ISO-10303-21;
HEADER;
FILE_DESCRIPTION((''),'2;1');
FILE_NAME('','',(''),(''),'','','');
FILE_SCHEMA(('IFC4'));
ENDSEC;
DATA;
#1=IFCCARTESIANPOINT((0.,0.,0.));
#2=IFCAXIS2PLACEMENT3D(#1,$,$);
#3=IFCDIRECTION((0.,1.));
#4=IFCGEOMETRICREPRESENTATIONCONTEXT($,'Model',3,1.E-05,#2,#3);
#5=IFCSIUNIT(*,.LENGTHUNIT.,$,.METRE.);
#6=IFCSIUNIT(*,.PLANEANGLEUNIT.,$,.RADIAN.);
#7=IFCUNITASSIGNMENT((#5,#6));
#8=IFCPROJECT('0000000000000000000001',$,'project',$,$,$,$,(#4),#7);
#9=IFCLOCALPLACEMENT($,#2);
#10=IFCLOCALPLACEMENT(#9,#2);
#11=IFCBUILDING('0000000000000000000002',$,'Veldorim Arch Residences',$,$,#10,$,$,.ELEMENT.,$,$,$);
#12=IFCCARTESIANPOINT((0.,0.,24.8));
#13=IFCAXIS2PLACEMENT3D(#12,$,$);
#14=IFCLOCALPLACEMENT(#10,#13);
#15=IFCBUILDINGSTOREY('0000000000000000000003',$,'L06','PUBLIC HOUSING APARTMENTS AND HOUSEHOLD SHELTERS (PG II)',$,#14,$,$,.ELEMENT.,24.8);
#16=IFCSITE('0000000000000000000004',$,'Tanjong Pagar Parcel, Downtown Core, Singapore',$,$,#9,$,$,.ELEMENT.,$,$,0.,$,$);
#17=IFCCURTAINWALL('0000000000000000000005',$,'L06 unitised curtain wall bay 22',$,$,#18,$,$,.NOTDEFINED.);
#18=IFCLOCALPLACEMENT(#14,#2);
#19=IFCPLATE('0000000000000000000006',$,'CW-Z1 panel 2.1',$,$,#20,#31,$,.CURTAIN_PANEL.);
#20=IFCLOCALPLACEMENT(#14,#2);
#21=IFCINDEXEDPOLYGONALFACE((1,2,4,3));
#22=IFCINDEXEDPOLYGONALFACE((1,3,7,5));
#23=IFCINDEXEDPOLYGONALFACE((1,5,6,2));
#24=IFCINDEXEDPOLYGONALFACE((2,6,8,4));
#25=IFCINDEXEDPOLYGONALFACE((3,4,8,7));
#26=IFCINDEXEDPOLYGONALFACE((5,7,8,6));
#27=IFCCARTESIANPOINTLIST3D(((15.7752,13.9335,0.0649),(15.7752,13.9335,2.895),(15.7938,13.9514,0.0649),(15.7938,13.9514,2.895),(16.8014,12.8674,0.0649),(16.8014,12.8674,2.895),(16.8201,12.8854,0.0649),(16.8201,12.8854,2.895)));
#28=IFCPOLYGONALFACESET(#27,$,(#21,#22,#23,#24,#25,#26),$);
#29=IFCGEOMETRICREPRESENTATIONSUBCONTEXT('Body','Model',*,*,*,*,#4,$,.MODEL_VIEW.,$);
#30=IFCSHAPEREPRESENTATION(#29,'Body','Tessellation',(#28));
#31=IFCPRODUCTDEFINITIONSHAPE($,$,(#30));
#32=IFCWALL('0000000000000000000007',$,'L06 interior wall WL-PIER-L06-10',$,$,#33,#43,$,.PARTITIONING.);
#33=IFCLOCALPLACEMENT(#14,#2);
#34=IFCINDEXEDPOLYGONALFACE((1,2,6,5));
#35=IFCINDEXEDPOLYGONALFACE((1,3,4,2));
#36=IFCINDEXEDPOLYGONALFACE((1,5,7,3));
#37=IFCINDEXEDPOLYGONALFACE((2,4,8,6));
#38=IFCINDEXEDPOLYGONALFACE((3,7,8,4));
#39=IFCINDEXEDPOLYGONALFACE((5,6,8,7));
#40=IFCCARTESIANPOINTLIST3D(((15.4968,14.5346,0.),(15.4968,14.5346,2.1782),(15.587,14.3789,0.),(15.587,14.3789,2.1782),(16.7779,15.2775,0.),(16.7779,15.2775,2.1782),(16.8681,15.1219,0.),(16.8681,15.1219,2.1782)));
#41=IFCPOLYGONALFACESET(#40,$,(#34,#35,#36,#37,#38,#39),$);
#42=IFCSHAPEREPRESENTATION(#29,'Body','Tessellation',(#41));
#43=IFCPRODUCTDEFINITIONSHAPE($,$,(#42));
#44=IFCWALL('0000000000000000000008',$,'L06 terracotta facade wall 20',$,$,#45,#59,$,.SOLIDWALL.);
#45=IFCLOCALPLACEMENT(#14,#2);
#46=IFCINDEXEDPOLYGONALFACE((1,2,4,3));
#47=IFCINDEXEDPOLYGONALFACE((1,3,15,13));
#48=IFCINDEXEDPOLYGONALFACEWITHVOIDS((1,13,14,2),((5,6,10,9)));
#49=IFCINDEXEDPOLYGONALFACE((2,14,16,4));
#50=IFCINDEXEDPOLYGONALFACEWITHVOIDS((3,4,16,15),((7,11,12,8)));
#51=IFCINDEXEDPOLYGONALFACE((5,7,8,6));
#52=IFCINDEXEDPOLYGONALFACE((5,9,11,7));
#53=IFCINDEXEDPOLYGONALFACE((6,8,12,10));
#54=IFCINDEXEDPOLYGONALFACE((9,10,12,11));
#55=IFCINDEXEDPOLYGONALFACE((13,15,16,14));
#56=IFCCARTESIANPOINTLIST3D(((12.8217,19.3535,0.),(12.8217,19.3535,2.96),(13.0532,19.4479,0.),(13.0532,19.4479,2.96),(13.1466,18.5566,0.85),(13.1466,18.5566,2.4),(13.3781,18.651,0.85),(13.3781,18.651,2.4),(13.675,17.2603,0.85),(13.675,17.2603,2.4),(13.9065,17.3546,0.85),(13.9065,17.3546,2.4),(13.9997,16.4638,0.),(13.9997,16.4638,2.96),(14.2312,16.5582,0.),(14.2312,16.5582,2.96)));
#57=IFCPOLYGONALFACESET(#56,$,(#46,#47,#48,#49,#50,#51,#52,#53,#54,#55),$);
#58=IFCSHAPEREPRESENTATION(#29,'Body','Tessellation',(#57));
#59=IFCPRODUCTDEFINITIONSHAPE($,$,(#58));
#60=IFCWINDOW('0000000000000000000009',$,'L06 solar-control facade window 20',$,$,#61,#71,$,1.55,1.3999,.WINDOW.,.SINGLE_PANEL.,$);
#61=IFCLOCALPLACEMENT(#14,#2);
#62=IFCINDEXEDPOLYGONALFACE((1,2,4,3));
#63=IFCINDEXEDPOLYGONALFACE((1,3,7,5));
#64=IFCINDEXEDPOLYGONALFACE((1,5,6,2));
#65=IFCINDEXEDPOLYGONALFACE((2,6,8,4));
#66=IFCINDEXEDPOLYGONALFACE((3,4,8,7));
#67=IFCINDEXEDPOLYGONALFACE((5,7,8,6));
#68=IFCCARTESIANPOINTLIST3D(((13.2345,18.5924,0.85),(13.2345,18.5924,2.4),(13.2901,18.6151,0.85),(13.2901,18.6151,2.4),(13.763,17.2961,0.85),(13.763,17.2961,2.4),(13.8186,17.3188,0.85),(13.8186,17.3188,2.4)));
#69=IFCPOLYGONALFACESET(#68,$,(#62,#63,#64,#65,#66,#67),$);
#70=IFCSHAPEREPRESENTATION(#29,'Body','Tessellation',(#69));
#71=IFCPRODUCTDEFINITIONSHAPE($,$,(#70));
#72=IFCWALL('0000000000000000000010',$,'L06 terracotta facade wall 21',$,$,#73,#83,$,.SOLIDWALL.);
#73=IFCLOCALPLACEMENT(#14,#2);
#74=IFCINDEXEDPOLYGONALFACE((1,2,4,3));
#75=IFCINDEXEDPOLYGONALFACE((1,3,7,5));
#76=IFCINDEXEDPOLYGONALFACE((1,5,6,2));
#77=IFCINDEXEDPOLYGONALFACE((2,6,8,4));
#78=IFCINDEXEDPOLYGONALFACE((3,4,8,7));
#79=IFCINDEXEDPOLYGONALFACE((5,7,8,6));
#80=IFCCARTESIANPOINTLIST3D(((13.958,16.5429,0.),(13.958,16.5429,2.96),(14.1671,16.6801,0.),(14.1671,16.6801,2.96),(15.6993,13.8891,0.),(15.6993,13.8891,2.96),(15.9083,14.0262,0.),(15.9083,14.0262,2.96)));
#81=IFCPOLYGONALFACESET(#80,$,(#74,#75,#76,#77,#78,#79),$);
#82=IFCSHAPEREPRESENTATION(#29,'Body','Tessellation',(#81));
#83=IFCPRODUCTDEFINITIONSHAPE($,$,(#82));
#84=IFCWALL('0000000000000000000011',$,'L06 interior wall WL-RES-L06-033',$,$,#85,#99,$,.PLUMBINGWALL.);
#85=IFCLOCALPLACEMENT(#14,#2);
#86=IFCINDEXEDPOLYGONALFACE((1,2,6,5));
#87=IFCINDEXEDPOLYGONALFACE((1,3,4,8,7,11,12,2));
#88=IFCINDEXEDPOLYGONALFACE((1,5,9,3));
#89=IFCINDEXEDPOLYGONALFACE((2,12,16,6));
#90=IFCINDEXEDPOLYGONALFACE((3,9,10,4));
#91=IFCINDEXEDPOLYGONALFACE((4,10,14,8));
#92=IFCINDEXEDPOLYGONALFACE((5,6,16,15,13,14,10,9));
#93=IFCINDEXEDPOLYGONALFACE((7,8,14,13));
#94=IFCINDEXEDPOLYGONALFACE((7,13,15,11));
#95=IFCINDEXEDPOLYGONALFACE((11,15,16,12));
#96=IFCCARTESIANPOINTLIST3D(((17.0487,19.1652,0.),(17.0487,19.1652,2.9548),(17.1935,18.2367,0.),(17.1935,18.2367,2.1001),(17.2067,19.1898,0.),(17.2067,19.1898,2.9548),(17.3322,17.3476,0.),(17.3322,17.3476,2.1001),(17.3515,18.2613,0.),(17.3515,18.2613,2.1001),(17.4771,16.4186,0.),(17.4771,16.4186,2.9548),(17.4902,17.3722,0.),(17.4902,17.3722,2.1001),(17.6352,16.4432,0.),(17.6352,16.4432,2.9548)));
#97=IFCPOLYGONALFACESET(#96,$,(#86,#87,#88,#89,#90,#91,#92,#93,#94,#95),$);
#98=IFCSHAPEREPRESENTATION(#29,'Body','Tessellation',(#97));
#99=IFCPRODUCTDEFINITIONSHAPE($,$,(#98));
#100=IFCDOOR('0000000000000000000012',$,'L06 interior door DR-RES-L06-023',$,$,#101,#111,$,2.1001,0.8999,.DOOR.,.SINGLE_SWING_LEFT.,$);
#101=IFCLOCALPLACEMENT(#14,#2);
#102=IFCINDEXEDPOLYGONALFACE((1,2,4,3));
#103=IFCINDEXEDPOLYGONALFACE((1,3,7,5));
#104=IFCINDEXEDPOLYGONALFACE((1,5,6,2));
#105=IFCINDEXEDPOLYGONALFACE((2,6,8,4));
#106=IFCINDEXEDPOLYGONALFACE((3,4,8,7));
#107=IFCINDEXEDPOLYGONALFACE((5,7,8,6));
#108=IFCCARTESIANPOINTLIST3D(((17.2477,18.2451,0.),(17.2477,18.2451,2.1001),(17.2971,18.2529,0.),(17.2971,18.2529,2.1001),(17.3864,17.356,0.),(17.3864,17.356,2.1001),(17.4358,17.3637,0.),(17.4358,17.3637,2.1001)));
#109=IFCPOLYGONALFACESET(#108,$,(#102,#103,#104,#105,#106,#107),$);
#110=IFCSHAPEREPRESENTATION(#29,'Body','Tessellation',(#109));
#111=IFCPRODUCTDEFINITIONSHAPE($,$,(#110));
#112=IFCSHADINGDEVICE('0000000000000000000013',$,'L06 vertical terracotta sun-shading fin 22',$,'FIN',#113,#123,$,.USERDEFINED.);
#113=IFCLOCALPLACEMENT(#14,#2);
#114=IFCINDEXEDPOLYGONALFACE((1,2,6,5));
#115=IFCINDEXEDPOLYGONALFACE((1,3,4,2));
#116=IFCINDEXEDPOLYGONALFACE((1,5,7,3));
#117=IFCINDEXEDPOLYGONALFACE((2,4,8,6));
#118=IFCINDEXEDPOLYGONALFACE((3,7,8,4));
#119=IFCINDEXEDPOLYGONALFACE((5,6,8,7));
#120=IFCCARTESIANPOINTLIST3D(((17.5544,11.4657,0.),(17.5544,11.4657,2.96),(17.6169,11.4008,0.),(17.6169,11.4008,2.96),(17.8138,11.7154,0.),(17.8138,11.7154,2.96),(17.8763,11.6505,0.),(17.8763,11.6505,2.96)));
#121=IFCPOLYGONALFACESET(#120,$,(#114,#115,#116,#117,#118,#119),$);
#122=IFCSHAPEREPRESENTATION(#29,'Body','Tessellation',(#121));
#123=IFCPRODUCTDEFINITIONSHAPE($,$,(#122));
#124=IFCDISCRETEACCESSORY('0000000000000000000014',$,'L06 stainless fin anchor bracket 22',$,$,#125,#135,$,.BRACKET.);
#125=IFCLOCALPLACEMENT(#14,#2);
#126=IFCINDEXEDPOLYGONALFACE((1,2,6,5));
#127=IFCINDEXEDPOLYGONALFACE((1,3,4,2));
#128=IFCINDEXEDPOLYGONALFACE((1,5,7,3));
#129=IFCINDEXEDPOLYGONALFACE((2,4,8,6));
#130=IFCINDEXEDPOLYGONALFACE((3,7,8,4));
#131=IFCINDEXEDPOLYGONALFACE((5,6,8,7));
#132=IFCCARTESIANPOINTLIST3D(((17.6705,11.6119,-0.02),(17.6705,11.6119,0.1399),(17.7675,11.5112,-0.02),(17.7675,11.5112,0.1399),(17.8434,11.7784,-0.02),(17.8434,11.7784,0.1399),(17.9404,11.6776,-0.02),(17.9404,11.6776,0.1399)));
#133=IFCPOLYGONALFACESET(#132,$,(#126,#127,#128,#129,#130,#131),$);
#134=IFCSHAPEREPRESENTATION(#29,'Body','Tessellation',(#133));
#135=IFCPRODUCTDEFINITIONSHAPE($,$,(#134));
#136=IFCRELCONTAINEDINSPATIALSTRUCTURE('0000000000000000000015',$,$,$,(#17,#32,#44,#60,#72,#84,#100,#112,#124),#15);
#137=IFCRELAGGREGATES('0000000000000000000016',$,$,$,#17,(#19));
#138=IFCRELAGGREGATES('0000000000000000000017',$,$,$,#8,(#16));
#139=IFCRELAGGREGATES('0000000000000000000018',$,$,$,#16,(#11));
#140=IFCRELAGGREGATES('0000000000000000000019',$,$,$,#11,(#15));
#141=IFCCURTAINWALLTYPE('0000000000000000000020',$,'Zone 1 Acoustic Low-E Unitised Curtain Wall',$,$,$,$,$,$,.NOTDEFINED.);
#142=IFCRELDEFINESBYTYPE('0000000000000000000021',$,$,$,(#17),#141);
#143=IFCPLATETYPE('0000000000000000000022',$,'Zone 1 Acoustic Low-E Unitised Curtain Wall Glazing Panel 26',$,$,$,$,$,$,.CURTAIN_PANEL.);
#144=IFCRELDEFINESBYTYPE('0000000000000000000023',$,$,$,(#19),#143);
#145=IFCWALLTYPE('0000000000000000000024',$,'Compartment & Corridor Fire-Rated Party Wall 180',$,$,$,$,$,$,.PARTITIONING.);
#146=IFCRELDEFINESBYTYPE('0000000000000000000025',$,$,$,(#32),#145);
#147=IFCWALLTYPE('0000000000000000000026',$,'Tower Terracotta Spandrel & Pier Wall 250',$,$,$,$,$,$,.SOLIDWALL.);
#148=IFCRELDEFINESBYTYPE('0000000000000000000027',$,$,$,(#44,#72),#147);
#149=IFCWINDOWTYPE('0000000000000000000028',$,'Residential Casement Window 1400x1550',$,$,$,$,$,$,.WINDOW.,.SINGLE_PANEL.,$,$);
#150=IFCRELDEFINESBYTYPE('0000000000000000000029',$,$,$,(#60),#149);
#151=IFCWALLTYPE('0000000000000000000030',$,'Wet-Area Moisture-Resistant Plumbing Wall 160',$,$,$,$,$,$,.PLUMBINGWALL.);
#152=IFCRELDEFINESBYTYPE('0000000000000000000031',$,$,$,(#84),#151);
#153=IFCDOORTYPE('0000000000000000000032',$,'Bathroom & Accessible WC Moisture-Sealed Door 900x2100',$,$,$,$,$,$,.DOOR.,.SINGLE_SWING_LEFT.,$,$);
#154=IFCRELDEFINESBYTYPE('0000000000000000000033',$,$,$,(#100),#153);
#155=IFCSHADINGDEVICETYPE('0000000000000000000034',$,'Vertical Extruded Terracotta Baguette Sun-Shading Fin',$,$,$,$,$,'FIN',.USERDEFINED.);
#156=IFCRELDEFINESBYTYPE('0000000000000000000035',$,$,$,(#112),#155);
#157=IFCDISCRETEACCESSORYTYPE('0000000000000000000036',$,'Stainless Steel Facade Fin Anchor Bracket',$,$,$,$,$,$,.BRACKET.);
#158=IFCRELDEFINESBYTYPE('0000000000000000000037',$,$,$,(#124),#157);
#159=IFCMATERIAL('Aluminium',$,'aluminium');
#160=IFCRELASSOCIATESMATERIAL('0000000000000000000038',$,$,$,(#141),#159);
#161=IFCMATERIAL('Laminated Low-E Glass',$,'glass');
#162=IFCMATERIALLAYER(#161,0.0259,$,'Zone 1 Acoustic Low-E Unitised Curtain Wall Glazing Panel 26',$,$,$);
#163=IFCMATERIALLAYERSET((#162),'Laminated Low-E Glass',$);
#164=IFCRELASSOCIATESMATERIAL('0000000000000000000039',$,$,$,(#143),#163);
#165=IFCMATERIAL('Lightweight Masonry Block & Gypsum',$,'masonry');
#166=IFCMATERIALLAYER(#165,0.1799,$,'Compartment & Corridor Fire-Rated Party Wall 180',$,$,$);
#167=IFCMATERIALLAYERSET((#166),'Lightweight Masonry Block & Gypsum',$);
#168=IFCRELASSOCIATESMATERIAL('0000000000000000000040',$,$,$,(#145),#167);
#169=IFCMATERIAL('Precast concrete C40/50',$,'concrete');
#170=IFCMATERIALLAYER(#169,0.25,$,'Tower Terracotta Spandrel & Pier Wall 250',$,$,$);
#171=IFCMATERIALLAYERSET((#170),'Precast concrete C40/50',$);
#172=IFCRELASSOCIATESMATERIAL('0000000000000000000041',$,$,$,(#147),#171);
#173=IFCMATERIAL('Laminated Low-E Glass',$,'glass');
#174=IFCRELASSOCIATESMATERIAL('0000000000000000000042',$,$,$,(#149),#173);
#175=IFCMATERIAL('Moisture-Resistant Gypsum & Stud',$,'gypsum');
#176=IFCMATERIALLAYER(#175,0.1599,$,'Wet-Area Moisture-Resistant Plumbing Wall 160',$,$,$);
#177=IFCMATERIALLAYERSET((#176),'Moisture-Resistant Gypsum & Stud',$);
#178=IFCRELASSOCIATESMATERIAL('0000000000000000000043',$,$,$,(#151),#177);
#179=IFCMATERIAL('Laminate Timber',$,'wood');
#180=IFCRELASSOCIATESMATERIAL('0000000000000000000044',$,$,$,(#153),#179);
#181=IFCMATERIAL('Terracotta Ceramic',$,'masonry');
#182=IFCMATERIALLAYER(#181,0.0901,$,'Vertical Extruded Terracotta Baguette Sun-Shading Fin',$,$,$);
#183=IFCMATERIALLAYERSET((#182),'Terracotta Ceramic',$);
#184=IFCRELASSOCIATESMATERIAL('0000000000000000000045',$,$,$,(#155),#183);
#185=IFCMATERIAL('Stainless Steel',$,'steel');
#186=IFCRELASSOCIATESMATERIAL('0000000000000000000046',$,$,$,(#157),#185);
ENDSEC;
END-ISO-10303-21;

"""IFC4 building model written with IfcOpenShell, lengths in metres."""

from ifc_helpers import new_model, si_unit, direction, frame, frame_2d, origin, origin_2d, place, context, subcontext, project, spatial, rectangle, extrude, material, layer, layer_set, type_object, element, fill, aggregate, save


model = new_model("IFC4")

# Units and contexts
model_context = context("Model", 3, precision=1e-05, world=origin(), true_north=direction((0.0, 1.0)))
body_context = subcontext(model_context, "Body", "Model", "MODEL_VIEW")
ifc_project = project(units=[si_unit("LENGTHUNIT", "METRE"), si_unit("PLANEANGLEUNIT", "RADIAN")], contexts=[model_context])

# Site, building, storey
site_placement = place(None, origin())
site = spatial("IfcSite", under=ifc_project, at=site_placement, Name="Tanjong Pagar Parcel, Downtown Core, Singapore", CompositionType="ELEMENT", RefElevation=0.0)
building_placement = place(site_placement, origin())
building = spatial("IfcBuilding", under=site, at=building_placement, Name="Veldorim Arch Residences", CompositionType="ELEMENT")
storey_placement = place(building_placement, frame((0.0, 0.0, 24.8)))
storey = spatial("IfcBuildingStorey", under=building, at=storey_placement, Name="L06", Description="PUBLIC HOUSING APARTMENTS AND HOUSEHOLD SHELTERS (PG II)", CompositionType="ELEMENT", Elevation=24.8)

# Curtain wall, plate
ifc_material_1 = material(Name="Aluminium", Category="aluminium")
curtain_wall_type = type_object("IfcCurtainWallType", Name="Zone 1 Acoustic Low-E Unitised Curtain Wall", PredefinedType="NOTDEFINED", material=ifc_material_1)
curtain_wall_placement = place(storey_placement, origin())
curtain_wall = element("IfcCurtainWall", 1, at=curtain_wall_placement, inside=storey, type_object=curtain_wall_type, Name="L06 unitised curtain wall bay 22", PredefinedType="NOTDEFINED")
ifc_material_2 = material(Name="Laminated Low-E Glass", Category="glass")
ifc_layer_1 = layer(ifc_material_2, 0.0259, Name="Zone 1 Acoustic Low-E Unitised Curtain Wall Glazing Panel 26")
ifc_layer_set_1 = layer_set([ifc_layer_1], Name="Laminated Low-E Glass")
plate_type = type_object("IfcPlateType", Name="Zone 1 Acoustic Low-E Unitised Curtain Wall Glazing Panel 26", PredefinedType="CURTAIN_PANEL", material=ifc_layer_set_1)
plate_1_placement = place(storey_placement, frame((16.2976, 13.4094, 0.0649), z_axis=(0.0, 0.0, 1.0), x_axis=(-0.693538, 0.720421, 0.0)))
plate_1 = element("IfcPlate", 2, at=plate_1_placement, type_object=plate_type, Name="CW-Z1 panel 2.1", PredefinedType="CURTAIN_PANEL", context=body_context, shape_type="SweptSolid", body=[
    extrude(rectangle(XDim=1.4797, YDim=0.0259, at=origin_2d()), origin(), (0.0, 0.0, 1.0), 2.8301),
])
aggregate(curtain_wall, [plate_1])

# Wall
ifc_material_3 = material(Name="Lightweight Masonry Block & Gypsum", Category="masonry")
ifc_layer_2 = layer(ifc_material_3, 0.1799, Name="Compartment & Corridor Fire-Rated Party Wall 180")
ifc_layer_set_2 = layer_set([ifc_layer_2], Name="Lightweight Masonry Block & Gypsum")
wall_type_1 = type_object("IfcWallType", Name="Compartment & Corridor Fire-Rated Party Wall 180", PredefinedType="PARTITIONING", material=ifc_layer_set_2)
wall_1_placement = place(storey_placement, frame((16.823, 15.1997, 0.0), z_axis=(0.0, 0.0, 1.0), x_axis=(-0.86505, -0.501686, 0.0)))
element("IfcWall", 3, at=wall_1_placement, inside=storey, type_object=wall_type_1, Name="L06 interior wall WL-PIER-L06-10", PredefinedType="PARTITIONING", context=body_context, shape_type="SweptSolid", body=[
    extrude(rectangle(XDim=1.481, YDim=0.1799, at=frame_2d((0.7405, 0.0))), origin(), (0.0, 0.0, 1.0), 2.1782),
])

# Wall, opening, window
ifc_material_4 = material(Name="Precast concrete C40/50", Category="concrete")
ifc_layer_3 = layer(ifc_material_4, 0.25, Name="Tower Terracotta Spandrel & Pier Wall 250")
ifc_layer_set_3 = layer_set([ifc_layer_3], Name="Precast concrete C40/50")
wall_type_2 = type_object("IfcWallType", Name="Tower Terracotta Spandrel & Pier Wall 250", PredefinedType="SOLIDWALL", material=ifc_layer_set_3)
wall_2_placement = place(storey_placement, frame((14.1155, 16.511, 0.0), z_axis=(0.0, 0.0, 1.0), x_axis=(-0.377493, 0.926012, 0.0)))
wall_2 = element("IfcWall", 4, at=wall_2_placement, inside=storey, type_object=wall_type_2, Name="L06 terracotta facade wall 20", PredefinedType="SOLIDWALL", context=body_context, shape_type="SweptSolid", body=[
    extrude(rectangle(XDim=3.1206, YDim=0.25, at=frame_2d((1.5603, 0.0))), origin(), (0.0, 0.0, 1.0), 2.96),
])
opening_1_placement = place(wall_2_placement, frame((0.8601, 0.0, 0.8501)))
opening_1 = element("IfcOpeningElement", 5, at=opening_1_placement, cuts=wall_2, PredefinedType="OPENING", context=body_context, shape_type="SweptSolid", body=[
    extrude(rectangle(XDim=1.3999, YDim=1.55, at=frame_2d((0.7, 0.7749))), frame((0.0, 0.135, 0.0), z_axis=(0.0, -1.0, 0.0), x_axis=(1.0, 0.0, 0.0)), (0.0, 0.0, 1.0), 0.27),
])
ifc_material_5 = material(Name="Laminated Low-E Glass", Category="glass")
window_type = type_object("IfcWindowType", Name="Residential Casement Window 1400x1550", PartitioningType="SINGLE_PANEL", PredefinedType="WINDOW", material=ifc_material_5)
window_placement = place(opening_1_placement, origin())
window = element("IfcWindow", 6, at=window_placement, inside=storey, type_object=window_type, Name="L06 solar-control facade window 20", OverallHeight=1.55, OverallWidth=1.3999, PartitioningType="SINGLE_PANEL", PredefinedType="WINDOW", context=body_context, shape_type="SweptSolid", body=[
    extrude(rectangle(XDim=1.3999, YDim=1.55, at=frame_2d((0.7, 0.7749))), frame((0.0, 0.03, 0.0), z_axis=(0.0, -1.0, 0.0), x_axis=(1.0, 0.0, 0.0)), (0.0, 0.0, 1.0), 0.0601),
])
fill(opening_1, window)

# Wall
wall_3_placement = place(storey_placement, frame((15.8037, 13.9578, 0.0), z_axis=(0.0, 0.0, 1.0), x_axis=(-0.548579, 0.836099, 0.0)))
element("IfcWall", 7, at=wall_3_placement, inside=storey, type_object=wall_type_2, Name="L06 terracotta facade wall 21", PredefinedType="SOLIDWALL", context=body_context, shape_type="SweptSolid", body=[
    extrude(rectangle(XDim=3.1741, YDim=0.25, at=frame_2d((1.5869, 0.0))), origin(), (0.0, 0.0, 1.0), 2.96),
])

# Wall, opening, door
ifc_material_6 = material(Name="Moisture-Resistant Gypsum & Stud", Category="gypsum")
ifc_layer_4 = layer(ifc_material_6, 0.1599, Name="Wet-Area Moisture-Resistant Plumbing Wall 160")
ifc_layer_set_4 = layer_set([ifc_layer_4], Name="Moisture-Resistant Gypsum & Stud")
wall_type_3 = type_object("IfcWallType", Name="Wet-Area Moisture-Resistant Plumbing Wall 160", PredefinedType="PLUMBINGWALL", material=ifc_layer_set_4)
wall_4_placement = place(storey_placement, frame((17.1277, 19.1775, 0.0), z_axis=(0.0, 0.0, 1.0), x_axis=(0.154136, -0.98805, 0.0)))
wall_4 = element("IfcWall", 8, at=wall_4_placement, inside=storey, type_object=wall_type_3, Name="L06 interior wall WL-RES-L06-033", PredefinedType="PLUMBINGWALL", context=body_context, shape_type="SweptSolid", body=[
    extrude(rectangle(XDim=2.7798, YDim=0.1599, at=frame_2d((1.3899, 0.0))), origin(), (0.0, 0.0, 1.0), 2.9548),
])
opening_2_placement = place(wall_4_placement, frame((0.9397, 0.0, 0.0)))
opening_2 = element("IfcOpeningElement", 9, at=opening_2_placement, cuts=wall_4, PredefinedType="OPENING", context=body_context, shape_type="SweptSolid", body=[
    extrude(rectangle(XDim=0.8999, YDim=2.1001, at=frame_2d((0.45, 1.05))), frame((0.0, 0.0898, 0.0), z_axis=(0.0, -1.0, 0.0), x_axis=(1.0, 0.0, 0.0)), (0.0, 0.0, 1.0), 0.1799),
])
ifc_material_7 = material(Name="Laminate Timber", Category="wood")
door_type = type_object("IfcDoorType", Name="Bathroom & Accessible WC Moisture-Sealed Door 900x2100", OperationType="SINGLE_SWING_LEFT", PredefinedType="DOOR", material=ifc_material_7)
door_placement = place(opening_2_placement, origin())
door = element("IfcDoor", 10, at=door_placement, inside=storey, type_object=door_type, Name="L06 interior door DR-RES-L06-023", OperationType="SINGLE_SWING_LEFT", OverallHeight=2.1001, OverallWidth=0.8999, PredefinedType="DOOR", context=body_context, shape_type="SweptSolid", body=[
    extrude(rectangle(XDim=0.8999, YDim=2.1001, at=frame_2d((0.45, 1.05))), frame((0.0, 0.0249, 0.0), z_axis=(0.0, -1.0, 0.0), x_axis=(1.0, 0.0, 0.0)), (0.0, 0.0, 1.0), 0.05),
])
fill(opening_2, door)

# Shading device
ifc_material_8 = material(Name="Terracotta Ceramic", Category="masonry")
ifc_layer_5 = layer(ifc_material_8, 0.0901, Name="Vertical Extruded Terracotta Baguette Sun-Shading Fin")
ifc_layer_set_5 = layer_set([ifc_layer_5], Name="Terracotta Ceramic")
shading_device_type = type_object("IfcShadingDeviceType", Name="Vertical Extruded Terracotta Baguette Sun-Shading Fin", ElementType="FIN", PredefinedType="USERDEFINED", material=ifc_layer_set_5)
shading_device_placement = place(storey_placement, frame((17.7153, 11.5581, 0.0), z_axis=(0.0, 0.0, 1.0), x_axis=(-0.693528, 0.72043, 0.0)))
element("IfcShadingDevice", 11, at=shading_device_placement, inside=storey, type_object=shading_device_type, Name="L06 vertical terracotta sun-shading fin 22", ObjectType="FIN", PredefinedType="USERDEFINED", context=body_context, shape_type="SweptSolid", body=[
    extrude(rectangle(XDim=0.0901, YDim=0.3601, at=origin_2d()), origin(), (0.0, 0.0, 1.0), 2.96),
])

# Discrete accessory
ifc_material_9 = material(Name="Stainless Steel", Category="steel")
discrete_accessory_type = type_object("IfcDiscreteAccessoryType", Name="Stainless Steel Facade Fin Anchor Bracket", PredefinedType="BRACKET", material=ifc_material_9)
discrete_accessory_placement = place(storey_placement, frame((17.8054, 11.6448, -0.02), z_axis=(0.0, 0.0, 1.0), x_axis=(-0.693528, 0.72043, 0.0)))
element("IfcDiscreteAccessory", 12, at=discrete_accessory_placement, inside=storey, type_object=discrete_accessory_type, Name="L06 stainless fin anchor bracket 22", PredefinedType="BRACKET", context=body_context, shape_type="SweptSolid", body=[
    extrude(rectangle(XDim=0.1399, YDim=0.24, at=origin_2d()), origin(), (0.0, 0.0, 1.0), 0.1599),
])

save(model, "model.ifc")
